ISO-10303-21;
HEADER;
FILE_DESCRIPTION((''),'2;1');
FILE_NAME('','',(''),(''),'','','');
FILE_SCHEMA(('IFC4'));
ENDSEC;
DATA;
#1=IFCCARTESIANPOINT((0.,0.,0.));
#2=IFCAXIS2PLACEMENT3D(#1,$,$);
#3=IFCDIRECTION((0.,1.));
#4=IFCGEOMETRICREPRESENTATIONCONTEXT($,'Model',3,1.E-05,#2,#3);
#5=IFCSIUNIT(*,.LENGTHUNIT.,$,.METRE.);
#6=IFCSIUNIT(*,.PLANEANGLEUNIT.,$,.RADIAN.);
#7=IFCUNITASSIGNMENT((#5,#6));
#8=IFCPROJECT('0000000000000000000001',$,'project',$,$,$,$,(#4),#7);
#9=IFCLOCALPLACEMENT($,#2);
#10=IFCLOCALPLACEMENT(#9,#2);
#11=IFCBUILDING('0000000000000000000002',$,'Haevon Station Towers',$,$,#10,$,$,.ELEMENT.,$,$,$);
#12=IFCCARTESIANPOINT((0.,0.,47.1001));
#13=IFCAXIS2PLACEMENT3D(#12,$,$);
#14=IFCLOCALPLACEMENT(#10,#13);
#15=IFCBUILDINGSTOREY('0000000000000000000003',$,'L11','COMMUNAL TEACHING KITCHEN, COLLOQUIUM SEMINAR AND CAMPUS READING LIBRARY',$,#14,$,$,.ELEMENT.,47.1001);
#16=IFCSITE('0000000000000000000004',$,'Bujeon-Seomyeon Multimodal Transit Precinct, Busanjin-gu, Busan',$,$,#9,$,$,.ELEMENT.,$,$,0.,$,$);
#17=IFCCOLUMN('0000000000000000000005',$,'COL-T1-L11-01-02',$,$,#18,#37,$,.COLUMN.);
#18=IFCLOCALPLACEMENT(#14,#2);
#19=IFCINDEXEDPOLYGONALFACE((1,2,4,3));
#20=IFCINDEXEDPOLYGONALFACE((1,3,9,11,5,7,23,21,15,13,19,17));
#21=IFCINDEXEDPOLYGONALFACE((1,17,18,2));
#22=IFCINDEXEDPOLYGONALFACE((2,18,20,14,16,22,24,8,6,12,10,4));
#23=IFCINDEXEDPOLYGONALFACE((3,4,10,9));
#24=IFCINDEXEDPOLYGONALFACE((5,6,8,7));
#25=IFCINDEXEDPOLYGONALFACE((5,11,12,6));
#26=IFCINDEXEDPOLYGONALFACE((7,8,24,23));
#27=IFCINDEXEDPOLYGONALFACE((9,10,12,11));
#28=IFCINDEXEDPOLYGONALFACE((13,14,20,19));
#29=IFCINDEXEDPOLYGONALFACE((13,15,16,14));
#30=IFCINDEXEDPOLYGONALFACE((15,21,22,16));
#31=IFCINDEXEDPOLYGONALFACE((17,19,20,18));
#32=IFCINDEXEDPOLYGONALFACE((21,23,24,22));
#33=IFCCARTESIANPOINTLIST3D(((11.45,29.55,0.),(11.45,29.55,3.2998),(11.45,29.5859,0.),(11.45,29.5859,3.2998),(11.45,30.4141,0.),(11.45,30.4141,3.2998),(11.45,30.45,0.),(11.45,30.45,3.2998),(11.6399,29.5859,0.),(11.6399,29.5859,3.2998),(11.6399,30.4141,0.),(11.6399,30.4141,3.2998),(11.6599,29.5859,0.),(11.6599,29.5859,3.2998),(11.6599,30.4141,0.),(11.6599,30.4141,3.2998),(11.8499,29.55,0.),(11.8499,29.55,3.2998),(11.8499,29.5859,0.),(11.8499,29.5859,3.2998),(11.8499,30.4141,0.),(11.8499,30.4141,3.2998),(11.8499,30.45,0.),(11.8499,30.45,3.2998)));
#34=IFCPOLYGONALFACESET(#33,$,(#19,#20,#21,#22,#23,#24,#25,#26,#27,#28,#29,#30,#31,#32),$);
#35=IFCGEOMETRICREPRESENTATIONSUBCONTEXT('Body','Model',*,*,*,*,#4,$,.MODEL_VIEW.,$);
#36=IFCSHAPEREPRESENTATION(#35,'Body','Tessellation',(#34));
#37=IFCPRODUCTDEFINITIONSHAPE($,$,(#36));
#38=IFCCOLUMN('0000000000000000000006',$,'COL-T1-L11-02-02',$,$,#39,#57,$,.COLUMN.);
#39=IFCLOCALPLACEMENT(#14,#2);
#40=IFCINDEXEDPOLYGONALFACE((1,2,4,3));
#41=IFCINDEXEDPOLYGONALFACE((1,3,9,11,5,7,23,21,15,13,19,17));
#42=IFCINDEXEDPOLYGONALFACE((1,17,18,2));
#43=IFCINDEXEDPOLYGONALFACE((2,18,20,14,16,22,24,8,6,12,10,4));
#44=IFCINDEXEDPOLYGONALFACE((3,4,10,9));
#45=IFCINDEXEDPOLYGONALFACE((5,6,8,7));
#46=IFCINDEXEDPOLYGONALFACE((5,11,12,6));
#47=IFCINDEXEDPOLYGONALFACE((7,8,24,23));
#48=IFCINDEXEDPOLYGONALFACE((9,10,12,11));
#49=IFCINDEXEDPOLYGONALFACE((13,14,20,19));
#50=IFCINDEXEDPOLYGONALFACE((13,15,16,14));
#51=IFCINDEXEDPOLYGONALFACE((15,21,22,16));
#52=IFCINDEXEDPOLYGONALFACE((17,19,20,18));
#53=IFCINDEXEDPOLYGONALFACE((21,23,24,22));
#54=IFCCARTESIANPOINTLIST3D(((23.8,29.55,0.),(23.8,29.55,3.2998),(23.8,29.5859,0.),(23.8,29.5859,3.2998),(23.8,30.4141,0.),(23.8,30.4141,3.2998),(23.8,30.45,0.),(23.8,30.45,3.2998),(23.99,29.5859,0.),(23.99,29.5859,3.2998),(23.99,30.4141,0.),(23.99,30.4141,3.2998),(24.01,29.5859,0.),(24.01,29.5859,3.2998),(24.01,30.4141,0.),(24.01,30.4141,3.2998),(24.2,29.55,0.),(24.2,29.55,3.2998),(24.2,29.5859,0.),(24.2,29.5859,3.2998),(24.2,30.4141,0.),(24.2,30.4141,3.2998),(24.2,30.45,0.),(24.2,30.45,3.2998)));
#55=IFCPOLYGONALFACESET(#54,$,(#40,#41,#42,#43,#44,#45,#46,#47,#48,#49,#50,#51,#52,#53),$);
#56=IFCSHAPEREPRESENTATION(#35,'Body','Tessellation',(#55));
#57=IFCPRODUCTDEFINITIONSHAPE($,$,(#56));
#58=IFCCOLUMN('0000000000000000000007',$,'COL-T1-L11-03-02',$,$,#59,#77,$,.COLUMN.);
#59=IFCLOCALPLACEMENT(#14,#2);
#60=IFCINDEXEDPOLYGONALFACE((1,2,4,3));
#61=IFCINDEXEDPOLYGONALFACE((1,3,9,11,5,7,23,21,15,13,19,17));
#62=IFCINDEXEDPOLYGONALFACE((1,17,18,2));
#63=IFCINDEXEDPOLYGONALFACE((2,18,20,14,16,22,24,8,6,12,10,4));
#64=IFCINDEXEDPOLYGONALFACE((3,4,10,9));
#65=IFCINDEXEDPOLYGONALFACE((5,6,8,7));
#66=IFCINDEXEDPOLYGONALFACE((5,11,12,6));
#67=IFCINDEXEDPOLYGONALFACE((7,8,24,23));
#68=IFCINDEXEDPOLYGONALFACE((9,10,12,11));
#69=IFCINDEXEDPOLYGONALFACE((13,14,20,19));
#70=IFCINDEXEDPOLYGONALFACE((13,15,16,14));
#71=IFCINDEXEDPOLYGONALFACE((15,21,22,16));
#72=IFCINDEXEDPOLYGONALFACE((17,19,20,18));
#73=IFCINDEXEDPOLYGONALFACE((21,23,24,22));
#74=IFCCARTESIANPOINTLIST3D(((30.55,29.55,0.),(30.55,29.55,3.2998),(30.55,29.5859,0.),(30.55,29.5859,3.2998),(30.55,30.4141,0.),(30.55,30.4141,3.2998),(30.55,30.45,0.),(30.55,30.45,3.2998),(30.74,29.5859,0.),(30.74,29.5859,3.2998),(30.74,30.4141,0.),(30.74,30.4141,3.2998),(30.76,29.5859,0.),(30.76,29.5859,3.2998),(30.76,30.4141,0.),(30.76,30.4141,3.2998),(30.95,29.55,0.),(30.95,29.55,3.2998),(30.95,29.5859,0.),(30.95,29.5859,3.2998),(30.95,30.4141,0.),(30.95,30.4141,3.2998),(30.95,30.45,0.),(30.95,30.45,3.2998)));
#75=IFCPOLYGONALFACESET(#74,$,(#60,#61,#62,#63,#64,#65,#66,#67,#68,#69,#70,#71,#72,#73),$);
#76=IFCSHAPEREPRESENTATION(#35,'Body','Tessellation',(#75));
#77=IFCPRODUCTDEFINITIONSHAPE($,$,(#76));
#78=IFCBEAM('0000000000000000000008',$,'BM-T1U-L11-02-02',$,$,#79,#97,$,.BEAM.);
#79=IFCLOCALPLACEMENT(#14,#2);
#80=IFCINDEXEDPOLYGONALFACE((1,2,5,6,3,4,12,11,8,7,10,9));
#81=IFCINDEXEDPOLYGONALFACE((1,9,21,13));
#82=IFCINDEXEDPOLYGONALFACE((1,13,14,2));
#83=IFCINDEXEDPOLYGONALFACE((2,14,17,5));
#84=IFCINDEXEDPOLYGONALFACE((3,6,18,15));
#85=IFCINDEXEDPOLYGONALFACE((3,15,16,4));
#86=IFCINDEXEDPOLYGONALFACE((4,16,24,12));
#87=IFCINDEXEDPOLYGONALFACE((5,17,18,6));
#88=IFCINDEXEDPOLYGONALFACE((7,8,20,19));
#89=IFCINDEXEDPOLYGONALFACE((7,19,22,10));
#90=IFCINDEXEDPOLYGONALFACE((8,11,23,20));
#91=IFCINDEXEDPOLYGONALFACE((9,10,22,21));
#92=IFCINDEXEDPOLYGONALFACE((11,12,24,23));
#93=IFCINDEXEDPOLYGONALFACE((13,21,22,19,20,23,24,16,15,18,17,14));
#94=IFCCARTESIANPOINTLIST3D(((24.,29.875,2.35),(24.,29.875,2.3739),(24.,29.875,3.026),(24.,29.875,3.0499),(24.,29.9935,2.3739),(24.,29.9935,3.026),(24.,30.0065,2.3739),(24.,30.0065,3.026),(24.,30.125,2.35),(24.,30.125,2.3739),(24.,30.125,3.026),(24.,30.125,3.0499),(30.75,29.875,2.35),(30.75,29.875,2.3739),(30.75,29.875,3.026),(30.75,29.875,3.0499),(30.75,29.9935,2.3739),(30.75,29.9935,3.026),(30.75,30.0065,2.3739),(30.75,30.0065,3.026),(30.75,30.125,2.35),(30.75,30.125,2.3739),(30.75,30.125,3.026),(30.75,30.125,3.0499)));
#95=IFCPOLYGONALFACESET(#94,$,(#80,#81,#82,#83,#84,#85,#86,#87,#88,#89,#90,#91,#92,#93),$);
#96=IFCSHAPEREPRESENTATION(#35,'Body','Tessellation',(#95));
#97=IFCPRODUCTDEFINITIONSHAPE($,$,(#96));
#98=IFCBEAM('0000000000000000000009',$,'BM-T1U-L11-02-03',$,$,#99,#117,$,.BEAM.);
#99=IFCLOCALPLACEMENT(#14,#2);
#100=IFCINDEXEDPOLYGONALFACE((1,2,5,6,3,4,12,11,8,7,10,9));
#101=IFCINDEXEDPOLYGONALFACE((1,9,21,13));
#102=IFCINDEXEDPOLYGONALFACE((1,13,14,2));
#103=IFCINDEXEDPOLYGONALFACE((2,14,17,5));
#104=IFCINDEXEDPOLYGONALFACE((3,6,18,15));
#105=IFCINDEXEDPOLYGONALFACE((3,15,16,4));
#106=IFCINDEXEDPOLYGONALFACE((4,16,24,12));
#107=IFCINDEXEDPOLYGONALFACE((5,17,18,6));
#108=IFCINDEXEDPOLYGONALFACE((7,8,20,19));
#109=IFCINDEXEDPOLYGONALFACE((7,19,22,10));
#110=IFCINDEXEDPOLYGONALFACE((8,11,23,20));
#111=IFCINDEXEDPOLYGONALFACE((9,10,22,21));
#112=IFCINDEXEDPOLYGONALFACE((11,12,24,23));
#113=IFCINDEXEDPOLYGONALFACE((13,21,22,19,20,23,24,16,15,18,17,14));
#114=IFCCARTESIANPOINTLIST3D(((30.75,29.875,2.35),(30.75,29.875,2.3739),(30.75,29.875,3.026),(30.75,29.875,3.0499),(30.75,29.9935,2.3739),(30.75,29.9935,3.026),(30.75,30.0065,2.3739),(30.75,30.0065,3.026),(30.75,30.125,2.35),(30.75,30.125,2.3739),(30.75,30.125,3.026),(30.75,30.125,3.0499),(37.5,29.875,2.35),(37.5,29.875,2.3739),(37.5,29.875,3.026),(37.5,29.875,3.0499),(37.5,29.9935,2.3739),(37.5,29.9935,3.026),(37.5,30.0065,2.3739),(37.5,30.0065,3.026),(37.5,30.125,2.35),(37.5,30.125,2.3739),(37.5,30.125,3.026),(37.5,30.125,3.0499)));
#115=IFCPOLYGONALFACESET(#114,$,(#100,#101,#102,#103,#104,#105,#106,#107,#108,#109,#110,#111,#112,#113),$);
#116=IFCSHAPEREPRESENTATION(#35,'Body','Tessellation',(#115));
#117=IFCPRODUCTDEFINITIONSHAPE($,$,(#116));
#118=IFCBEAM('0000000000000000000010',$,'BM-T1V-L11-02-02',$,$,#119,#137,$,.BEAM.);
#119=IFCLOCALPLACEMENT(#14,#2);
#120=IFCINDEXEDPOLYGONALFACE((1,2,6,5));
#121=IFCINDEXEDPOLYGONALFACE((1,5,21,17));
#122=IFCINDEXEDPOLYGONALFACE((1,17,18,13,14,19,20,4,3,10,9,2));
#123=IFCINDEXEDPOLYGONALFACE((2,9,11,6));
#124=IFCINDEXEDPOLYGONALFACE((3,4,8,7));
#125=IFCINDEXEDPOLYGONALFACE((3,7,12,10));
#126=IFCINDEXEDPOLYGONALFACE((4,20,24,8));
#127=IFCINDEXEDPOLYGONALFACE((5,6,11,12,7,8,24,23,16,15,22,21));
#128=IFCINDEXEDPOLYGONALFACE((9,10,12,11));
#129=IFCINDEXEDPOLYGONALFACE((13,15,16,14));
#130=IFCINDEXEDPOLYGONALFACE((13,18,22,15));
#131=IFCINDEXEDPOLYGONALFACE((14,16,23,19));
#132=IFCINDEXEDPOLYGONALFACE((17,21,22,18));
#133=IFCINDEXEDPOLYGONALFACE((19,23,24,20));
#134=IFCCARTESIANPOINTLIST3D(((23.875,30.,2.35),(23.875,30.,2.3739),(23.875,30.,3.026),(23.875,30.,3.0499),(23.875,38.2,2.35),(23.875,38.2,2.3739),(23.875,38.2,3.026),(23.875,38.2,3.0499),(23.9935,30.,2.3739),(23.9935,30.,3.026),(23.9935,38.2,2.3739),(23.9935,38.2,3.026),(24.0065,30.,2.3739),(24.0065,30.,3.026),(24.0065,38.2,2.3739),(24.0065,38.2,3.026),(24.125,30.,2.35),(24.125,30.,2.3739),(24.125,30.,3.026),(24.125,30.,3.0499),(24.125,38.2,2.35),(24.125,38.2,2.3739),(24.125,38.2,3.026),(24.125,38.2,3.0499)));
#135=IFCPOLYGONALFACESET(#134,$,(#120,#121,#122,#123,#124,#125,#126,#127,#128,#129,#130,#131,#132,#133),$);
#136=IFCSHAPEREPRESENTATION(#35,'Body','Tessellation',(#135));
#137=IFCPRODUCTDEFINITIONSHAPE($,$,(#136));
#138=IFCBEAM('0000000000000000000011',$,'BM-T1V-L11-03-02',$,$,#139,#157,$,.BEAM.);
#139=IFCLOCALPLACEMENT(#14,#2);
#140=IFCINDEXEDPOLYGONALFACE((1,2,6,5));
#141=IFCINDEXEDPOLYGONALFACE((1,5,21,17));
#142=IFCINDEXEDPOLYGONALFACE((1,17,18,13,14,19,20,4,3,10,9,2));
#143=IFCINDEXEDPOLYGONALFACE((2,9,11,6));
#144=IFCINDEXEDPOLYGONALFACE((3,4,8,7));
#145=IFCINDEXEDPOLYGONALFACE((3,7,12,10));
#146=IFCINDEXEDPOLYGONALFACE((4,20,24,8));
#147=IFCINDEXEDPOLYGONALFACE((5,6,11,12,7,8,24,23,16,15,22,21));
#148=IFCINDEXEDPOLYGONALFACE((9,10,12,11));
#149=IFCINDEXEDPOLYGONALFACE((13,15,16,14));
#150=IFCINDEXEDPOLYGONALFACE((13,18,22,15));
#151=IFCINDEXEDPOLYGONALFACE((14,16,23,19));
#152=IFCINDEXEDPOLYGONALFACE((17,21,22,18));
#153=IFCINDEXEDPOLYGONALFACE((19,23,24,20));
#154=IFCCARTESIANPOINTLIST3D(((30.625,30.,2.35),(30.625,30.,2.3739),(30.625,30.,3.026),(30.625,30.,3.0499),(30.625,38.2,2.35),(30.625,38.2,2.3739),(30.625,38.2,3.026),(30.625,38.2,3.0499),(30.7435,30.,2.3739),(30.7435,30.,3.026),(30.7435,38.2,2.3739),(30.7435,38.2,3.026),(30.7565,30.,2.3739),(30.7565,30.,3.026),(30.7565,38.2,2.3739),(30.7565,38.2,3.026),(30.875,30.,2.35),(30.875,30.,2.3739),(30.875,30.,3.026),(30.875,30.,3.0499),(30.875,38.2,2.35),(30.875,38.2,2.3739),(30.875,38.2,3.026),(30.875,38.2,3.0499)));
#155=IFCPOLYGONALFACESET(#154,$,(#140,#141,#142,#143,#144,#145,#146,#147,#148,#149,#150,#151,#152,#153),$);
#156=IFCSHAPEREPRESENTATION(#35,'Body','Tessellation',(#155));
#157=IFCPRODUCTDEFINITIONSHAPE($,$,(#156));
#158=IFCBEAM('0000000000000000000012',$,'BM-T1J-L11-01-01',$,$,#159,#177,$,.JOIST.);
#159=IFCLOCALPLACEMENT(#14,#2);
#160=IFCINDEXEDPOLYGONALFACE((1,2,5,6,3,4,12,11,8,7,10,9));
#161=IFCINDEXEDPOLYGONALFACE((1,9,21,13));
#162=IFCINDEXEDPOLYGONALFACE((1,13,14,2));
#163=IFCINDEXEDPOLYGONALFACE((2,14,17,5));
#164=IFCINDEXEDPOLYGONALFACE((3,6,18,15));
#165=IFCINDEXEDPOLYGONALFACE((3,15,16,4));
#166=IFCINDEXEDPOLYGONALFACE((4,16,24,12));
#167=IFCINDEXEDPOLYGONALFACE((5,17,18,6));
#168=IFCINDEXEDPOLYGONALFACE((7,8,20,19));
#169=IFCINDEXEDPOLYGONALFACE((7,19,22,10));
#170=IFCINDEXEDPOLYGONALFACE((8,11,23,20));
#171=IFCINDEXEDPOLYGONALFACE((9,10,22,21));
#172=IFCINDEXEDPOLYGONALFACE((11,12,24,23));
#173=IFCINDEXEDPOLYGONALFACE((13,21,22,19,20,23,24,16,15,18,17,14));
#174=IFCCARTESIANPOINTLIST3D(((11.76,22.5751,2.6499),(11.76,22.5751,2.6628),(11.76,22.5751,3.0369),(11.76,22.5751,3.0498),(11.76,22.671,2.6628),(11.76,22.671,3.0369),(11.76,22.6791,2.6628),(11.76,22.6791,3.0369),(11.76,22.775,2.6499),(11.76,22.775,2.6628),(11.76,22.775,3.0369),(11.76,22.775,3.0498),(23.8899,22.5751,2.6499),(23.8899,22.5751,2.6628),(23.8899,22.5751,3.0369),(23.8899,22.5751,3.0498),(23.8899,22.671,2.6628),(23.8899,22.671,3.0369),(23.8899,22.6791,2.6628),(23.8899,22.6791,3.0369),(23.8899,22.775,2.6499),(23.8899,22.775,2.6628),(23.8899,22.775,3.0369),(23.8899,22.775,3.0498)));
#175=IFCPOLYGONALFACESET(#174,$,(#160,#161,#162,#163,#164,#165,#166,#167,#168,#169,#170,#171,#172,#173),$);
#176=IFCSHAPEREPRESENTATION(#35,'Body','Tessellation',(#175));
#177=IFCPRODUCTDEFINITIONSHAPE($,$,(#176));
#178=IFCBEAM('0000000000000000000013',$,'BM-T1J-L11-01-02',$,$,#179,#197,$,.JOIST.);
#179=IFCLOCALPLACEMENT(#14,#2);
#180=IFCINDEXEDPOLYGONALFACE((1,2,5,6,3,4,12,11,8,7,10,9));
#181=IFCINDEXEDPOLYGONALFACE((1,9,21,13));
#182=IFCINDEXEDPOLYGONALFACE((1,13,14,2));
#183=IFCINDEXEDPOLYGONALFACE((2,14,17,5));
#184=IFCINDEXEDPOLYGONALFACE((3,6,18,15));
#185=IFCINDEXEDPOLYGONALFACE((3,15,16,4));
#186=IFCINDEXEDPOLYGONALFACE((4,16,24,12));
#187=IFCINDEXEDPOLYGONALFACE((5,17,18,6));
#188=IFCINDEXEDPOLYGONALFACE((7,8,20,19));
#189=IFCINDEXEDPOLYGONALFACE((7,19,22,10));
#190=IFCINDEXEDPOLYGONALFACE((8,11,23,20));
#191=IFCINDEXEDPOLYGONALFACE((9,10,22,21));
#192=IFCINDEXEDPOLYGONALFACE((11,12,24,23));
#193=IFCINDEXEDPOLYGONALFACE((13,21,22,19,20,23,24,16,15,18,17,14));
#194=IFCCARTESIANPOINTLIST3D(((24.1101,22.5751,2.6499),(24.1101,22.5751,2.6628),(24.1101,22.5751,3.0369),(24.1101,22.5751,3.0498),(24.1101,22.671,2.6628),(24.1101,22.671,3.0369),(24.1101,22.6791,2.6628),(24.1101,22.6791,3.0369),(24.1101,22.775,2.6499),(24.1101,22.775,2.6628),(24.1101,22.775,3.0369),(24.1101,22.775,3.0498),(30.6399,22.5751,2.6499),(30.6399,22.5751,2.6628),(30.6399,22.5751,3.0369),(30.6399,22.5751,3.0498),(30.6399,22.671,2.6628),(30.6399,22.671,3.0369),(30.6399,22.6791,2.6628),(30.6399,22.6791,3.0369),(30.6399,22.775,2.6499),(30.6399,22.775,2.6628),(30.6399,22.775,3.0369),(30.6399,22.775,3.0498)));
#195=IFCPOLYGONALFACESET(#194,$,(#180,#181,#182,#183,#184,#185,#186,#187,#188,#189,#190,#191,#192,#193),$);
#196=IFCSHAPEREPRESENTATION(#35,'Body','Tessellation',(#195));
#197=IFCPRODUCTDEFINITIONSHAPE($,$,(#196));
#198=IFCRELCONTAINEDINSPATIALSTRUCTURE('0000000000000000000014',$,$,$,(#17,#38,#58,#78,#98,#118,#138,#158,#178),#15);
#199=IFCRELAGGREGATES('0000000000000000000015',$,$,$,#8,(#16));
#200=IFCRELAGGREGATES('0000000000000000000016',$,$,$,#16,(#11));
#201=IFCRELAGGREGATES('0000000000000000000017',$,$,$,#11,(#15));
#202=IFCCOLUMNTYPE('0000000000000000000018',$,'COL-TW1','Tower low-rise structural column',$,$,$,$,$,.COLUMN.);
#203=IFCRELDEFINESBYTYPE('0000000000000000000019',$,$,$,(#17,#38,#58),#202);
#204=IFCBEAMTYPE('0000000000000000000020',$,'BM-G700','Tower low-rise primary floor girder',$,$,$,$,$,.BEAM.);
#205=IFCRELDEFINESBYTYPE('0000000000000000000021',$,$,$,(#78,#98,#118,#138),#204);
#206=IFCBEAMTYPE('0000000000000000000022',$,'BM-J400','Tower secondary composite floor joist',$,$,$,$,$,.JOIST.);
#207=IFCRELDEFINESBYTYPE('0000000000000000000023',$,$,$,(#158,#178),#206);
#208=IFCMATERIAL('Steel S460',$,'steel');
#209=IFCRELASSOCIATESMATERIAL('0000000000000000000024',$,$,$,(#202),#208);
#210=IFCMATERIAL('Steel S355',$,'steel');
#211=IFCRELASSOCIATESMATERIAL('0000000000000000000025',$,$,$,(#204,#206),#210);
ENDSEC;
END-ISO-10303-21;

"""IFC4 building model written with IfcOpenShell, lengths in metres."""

from ifc_helpers import new_model, si_unit, direction, frame, origin, origin_2d, place, context, subcontext, project, spatial, i_section, extrude, material, material_profile, profile_set, type_object, element, save


model = new_model("IFC4")

# Units and contexts
model_context = context("Model", 3, precision=1e-05, world=origin(), true_north=direction((0.0, 1.0)))
body_context = subcontext(model_context, "Body", "Model", "MODEL_VIEW")
ifc_project = project(units=[si_unit("LENGTHUNIT", "METRE"), si_unit("PLANEANGLEUNIT", "RADIAN")], contexts=[model_context])

# Site, building, storey
site_placement = place(None, origin())
site = spatial("IfcSite", under=ifc_project, at=site_placement, Name="Bujeon-Seomyeon Multimodal Transit Precinct, Busanjin-gu, Busan", CompositionType="ELEMENT", RefElevation=0.0)
building_placement = place(site_placement, origin())
building = spatial("IfcBuilding", under=site, at=building_placement, Name="Haevon Station Towers", CompositionType="ELEMENT")
storey_placement = place(building_placement, frame((0.0, 0.0, 47.1001)))
storey = spatial("IfcBuildingStorey", under=building, at=storey_placement, Name="L11", Description="COMMUNAL TEACHING KITCHEN, COLLOQUIUM SEMINAR AND CAMPUS READING LIBRARY", CompositionType="ELEMENT", Elevation=47.1001)

# Columns
ifc_material_1 = material(Name="Steel S460", Category="steel")
ifc_material_profile_1 = material_profile(ifc_material_1, i_section(OverallWidth=0.3999, OverallDepth=0.8999, WebThickness=0.02, FlangeThickness=0.0359, at=origin_2d()), Name="H-900x400x20x36")
ifc_profile_set_1 = profile_set([ifc_material_profile_1], Name="Steel S460")
column_type = type_object("IfcColumnType", Name="COL-TW1", Description="Tower low-rise structural column", PredefinedType="COLUMN", material=ifc_profile_set_1)
for number, where, z_axis, x_axis, name in (
    (1, (11.6499, 30.0, 0.0), (0.0, 0.0, 1.0), (1.0, 0.0, 0.0), "COL-T1-L11-01-02"),
    (2, (24.0, 30.0, 0.0), (0.0, 0.0, 1.0), (1.0, 0.0, 0.0), "COL-T1-L11-02-02"),
    (3, (30.75, 30.0, 0.0), (0.0, 0.0, 1.0), (1.0, 0.0, 0.0), "COL-T1-L11-03-02"),
):
    element("IfcColumn", number, at=place(storey_placement, frame(where, z_axis=z_axis, x_axis=x_axis)), inside=storey, type_object=column_type, Name=name, PredefinedType="COLUMN", context=body_context, shape_type="SweptSolid", body=[
        extrude(i_section(OverallWidth=0.3999, OverallDepth=0.8999, WebThickness=0.02, FlangeThickness=0.0359, at=origin_2d()), origin(), (0.0, 0.0, 1.0), 3.2998),
    ])

# Beams
ifc_material_2 = material(Name="Steel S355", Category="steel")
ifc_material_profile_2 = material_profile(ifc_material_2, i_section(OverallWidth=0.25, OverallDepth=0.7, WebThickness=0.0129, FlangeThickness=0.0239, at=origin_2d()), Name="H-700x250x13x24")
ifc_profile_set_2 = profile_set([ifc_material_profile_2], Name="Steel S355")
beam_type_1 = type_object("IfcBeamType", Name="BM-G700", Description="Tower low-rise primary floor girder", PredefinedType="BEAM", material=ifc_profile_set_2)
for number, where, z_axis, x_axis, name in (
    (4, (24.0, 30.0, 2.7), (1.0, 0.0, 0.0), (0.0, 1.0, 0.0), "BM-T1U-L11-02-02"),
    (5, (30.75, 30.0, 2.7), (1.0, 0.0, 0.0), (0.0, 1.0, 0.0), "BM-T1U-L11-02-03"),
):
    element("IfcBeam", number, at=place(storey_placement, frame(where, z_axis=z_axis, x_axis=x_axis)), inside=storey, type_object=beam_type_1, Name=name, PredefinedType="BEAM", context=body_context, shape_type="SweptSolid", body=[
        extrude(i_section(OverallWidth=0.25, OverallDepth=0.7, WebThickness=0.0129, FlangeThickness=0.0239, at=origin_2d()), origin(), (0.0, 0.0, 1.0), 6.75),
    ])
for number, where, z_axis, x_axis, name in (
    (6, (24.0, 30.0, 2.7), (0.0, 1.0, 0.0), (-1.0, 0.0, 0.0), "BM-T1V-L11-02-02"),
    (7, (30.75, 30.0, 2.7), (0.0, 1.0, 0.0), (-1.0, 0.0, 0.0), "BM-T1V-L11-03-02"),
):
    element("IfcBeam", number, at=place(storey_placement, frame(where, z_axis=z_axis, x_axis=x_axis)), inside=storey, type_object=beam_type_1, Name=name, PredefinedType="BEAM", context=body_context, shape_type="SweptSolid", body=[
        extrude(i_section(OverallWidth=0.25, OverallDepth=0.7, WebThickness=0.0129, FlangeThickness=0.0239, at=origin_2d()), origin(), (0.0, 0.0, 1.0), 8.2),
    ])
ifc_material_profile_3 = material_profile(ifc_material_2, i_section(OverallWidth=0.2, OverallDepth=0.3999, WebThickness=0.0081, FlangeThickness=0.0129, at=origin_2d()), Name="H-400x200x8x13")
ifc_profile_set_3 = profile_set([ifc_material_profile_3], Name="Steel S355")
beam_type_2 = type_object("IfcBeamType", Name="BM-J400", Description="Tower secondary composite floor joist", PredefinedType="JOIST", material=ifc_profile_set_3)
beam_1_placement = place(storey_placement, frame((11.76, 22.675, 2.8499), z_axis=(1.0, 0.0, 0.0), x_axis=(0.0, 1.0, 0.0)))
element("IfcBeam", 8, at=beam_1_placement, inside=storey, type_object=beam_type_2, Name="BM-T1J-L11-01-01", PredefinedType="JOIST", context=body_context, shape_type="SweptSolid", body=[
    extrude(i_section(OverallWidth=0.2, OverallDepth=0.3999, WebThickness=0.0081, FlangeThickness=0.0129, at=origin_2d()), origin(), (0.0, 0.0, 1.0), 12.1299),
])
beam_2_placement = place(storey_placement, frame((24.1101, 22.675, 2.8499), z_axis=(1.0, 0.0, 0.0), x_axis=(0.0, 1.0, 0.0)))
element("IfcBeam", 9, at=beam_2_placement, inside=storey, type_object=beam_type_2, Name="BM-T1J-L11-01-02", PredefinedType="JOIST", context=body_context, shape_type="SweptSolid", body=[
    extrude(i_section(OverallWidth=0.2, OverallDepth=0.3999, WebThickness=0.0081, FlangeThickness=0.0129, at=origin_2d()), origin(), (0.0, 0.0, 1.0), 6.5298),
])

save(model, "model.ifc")
